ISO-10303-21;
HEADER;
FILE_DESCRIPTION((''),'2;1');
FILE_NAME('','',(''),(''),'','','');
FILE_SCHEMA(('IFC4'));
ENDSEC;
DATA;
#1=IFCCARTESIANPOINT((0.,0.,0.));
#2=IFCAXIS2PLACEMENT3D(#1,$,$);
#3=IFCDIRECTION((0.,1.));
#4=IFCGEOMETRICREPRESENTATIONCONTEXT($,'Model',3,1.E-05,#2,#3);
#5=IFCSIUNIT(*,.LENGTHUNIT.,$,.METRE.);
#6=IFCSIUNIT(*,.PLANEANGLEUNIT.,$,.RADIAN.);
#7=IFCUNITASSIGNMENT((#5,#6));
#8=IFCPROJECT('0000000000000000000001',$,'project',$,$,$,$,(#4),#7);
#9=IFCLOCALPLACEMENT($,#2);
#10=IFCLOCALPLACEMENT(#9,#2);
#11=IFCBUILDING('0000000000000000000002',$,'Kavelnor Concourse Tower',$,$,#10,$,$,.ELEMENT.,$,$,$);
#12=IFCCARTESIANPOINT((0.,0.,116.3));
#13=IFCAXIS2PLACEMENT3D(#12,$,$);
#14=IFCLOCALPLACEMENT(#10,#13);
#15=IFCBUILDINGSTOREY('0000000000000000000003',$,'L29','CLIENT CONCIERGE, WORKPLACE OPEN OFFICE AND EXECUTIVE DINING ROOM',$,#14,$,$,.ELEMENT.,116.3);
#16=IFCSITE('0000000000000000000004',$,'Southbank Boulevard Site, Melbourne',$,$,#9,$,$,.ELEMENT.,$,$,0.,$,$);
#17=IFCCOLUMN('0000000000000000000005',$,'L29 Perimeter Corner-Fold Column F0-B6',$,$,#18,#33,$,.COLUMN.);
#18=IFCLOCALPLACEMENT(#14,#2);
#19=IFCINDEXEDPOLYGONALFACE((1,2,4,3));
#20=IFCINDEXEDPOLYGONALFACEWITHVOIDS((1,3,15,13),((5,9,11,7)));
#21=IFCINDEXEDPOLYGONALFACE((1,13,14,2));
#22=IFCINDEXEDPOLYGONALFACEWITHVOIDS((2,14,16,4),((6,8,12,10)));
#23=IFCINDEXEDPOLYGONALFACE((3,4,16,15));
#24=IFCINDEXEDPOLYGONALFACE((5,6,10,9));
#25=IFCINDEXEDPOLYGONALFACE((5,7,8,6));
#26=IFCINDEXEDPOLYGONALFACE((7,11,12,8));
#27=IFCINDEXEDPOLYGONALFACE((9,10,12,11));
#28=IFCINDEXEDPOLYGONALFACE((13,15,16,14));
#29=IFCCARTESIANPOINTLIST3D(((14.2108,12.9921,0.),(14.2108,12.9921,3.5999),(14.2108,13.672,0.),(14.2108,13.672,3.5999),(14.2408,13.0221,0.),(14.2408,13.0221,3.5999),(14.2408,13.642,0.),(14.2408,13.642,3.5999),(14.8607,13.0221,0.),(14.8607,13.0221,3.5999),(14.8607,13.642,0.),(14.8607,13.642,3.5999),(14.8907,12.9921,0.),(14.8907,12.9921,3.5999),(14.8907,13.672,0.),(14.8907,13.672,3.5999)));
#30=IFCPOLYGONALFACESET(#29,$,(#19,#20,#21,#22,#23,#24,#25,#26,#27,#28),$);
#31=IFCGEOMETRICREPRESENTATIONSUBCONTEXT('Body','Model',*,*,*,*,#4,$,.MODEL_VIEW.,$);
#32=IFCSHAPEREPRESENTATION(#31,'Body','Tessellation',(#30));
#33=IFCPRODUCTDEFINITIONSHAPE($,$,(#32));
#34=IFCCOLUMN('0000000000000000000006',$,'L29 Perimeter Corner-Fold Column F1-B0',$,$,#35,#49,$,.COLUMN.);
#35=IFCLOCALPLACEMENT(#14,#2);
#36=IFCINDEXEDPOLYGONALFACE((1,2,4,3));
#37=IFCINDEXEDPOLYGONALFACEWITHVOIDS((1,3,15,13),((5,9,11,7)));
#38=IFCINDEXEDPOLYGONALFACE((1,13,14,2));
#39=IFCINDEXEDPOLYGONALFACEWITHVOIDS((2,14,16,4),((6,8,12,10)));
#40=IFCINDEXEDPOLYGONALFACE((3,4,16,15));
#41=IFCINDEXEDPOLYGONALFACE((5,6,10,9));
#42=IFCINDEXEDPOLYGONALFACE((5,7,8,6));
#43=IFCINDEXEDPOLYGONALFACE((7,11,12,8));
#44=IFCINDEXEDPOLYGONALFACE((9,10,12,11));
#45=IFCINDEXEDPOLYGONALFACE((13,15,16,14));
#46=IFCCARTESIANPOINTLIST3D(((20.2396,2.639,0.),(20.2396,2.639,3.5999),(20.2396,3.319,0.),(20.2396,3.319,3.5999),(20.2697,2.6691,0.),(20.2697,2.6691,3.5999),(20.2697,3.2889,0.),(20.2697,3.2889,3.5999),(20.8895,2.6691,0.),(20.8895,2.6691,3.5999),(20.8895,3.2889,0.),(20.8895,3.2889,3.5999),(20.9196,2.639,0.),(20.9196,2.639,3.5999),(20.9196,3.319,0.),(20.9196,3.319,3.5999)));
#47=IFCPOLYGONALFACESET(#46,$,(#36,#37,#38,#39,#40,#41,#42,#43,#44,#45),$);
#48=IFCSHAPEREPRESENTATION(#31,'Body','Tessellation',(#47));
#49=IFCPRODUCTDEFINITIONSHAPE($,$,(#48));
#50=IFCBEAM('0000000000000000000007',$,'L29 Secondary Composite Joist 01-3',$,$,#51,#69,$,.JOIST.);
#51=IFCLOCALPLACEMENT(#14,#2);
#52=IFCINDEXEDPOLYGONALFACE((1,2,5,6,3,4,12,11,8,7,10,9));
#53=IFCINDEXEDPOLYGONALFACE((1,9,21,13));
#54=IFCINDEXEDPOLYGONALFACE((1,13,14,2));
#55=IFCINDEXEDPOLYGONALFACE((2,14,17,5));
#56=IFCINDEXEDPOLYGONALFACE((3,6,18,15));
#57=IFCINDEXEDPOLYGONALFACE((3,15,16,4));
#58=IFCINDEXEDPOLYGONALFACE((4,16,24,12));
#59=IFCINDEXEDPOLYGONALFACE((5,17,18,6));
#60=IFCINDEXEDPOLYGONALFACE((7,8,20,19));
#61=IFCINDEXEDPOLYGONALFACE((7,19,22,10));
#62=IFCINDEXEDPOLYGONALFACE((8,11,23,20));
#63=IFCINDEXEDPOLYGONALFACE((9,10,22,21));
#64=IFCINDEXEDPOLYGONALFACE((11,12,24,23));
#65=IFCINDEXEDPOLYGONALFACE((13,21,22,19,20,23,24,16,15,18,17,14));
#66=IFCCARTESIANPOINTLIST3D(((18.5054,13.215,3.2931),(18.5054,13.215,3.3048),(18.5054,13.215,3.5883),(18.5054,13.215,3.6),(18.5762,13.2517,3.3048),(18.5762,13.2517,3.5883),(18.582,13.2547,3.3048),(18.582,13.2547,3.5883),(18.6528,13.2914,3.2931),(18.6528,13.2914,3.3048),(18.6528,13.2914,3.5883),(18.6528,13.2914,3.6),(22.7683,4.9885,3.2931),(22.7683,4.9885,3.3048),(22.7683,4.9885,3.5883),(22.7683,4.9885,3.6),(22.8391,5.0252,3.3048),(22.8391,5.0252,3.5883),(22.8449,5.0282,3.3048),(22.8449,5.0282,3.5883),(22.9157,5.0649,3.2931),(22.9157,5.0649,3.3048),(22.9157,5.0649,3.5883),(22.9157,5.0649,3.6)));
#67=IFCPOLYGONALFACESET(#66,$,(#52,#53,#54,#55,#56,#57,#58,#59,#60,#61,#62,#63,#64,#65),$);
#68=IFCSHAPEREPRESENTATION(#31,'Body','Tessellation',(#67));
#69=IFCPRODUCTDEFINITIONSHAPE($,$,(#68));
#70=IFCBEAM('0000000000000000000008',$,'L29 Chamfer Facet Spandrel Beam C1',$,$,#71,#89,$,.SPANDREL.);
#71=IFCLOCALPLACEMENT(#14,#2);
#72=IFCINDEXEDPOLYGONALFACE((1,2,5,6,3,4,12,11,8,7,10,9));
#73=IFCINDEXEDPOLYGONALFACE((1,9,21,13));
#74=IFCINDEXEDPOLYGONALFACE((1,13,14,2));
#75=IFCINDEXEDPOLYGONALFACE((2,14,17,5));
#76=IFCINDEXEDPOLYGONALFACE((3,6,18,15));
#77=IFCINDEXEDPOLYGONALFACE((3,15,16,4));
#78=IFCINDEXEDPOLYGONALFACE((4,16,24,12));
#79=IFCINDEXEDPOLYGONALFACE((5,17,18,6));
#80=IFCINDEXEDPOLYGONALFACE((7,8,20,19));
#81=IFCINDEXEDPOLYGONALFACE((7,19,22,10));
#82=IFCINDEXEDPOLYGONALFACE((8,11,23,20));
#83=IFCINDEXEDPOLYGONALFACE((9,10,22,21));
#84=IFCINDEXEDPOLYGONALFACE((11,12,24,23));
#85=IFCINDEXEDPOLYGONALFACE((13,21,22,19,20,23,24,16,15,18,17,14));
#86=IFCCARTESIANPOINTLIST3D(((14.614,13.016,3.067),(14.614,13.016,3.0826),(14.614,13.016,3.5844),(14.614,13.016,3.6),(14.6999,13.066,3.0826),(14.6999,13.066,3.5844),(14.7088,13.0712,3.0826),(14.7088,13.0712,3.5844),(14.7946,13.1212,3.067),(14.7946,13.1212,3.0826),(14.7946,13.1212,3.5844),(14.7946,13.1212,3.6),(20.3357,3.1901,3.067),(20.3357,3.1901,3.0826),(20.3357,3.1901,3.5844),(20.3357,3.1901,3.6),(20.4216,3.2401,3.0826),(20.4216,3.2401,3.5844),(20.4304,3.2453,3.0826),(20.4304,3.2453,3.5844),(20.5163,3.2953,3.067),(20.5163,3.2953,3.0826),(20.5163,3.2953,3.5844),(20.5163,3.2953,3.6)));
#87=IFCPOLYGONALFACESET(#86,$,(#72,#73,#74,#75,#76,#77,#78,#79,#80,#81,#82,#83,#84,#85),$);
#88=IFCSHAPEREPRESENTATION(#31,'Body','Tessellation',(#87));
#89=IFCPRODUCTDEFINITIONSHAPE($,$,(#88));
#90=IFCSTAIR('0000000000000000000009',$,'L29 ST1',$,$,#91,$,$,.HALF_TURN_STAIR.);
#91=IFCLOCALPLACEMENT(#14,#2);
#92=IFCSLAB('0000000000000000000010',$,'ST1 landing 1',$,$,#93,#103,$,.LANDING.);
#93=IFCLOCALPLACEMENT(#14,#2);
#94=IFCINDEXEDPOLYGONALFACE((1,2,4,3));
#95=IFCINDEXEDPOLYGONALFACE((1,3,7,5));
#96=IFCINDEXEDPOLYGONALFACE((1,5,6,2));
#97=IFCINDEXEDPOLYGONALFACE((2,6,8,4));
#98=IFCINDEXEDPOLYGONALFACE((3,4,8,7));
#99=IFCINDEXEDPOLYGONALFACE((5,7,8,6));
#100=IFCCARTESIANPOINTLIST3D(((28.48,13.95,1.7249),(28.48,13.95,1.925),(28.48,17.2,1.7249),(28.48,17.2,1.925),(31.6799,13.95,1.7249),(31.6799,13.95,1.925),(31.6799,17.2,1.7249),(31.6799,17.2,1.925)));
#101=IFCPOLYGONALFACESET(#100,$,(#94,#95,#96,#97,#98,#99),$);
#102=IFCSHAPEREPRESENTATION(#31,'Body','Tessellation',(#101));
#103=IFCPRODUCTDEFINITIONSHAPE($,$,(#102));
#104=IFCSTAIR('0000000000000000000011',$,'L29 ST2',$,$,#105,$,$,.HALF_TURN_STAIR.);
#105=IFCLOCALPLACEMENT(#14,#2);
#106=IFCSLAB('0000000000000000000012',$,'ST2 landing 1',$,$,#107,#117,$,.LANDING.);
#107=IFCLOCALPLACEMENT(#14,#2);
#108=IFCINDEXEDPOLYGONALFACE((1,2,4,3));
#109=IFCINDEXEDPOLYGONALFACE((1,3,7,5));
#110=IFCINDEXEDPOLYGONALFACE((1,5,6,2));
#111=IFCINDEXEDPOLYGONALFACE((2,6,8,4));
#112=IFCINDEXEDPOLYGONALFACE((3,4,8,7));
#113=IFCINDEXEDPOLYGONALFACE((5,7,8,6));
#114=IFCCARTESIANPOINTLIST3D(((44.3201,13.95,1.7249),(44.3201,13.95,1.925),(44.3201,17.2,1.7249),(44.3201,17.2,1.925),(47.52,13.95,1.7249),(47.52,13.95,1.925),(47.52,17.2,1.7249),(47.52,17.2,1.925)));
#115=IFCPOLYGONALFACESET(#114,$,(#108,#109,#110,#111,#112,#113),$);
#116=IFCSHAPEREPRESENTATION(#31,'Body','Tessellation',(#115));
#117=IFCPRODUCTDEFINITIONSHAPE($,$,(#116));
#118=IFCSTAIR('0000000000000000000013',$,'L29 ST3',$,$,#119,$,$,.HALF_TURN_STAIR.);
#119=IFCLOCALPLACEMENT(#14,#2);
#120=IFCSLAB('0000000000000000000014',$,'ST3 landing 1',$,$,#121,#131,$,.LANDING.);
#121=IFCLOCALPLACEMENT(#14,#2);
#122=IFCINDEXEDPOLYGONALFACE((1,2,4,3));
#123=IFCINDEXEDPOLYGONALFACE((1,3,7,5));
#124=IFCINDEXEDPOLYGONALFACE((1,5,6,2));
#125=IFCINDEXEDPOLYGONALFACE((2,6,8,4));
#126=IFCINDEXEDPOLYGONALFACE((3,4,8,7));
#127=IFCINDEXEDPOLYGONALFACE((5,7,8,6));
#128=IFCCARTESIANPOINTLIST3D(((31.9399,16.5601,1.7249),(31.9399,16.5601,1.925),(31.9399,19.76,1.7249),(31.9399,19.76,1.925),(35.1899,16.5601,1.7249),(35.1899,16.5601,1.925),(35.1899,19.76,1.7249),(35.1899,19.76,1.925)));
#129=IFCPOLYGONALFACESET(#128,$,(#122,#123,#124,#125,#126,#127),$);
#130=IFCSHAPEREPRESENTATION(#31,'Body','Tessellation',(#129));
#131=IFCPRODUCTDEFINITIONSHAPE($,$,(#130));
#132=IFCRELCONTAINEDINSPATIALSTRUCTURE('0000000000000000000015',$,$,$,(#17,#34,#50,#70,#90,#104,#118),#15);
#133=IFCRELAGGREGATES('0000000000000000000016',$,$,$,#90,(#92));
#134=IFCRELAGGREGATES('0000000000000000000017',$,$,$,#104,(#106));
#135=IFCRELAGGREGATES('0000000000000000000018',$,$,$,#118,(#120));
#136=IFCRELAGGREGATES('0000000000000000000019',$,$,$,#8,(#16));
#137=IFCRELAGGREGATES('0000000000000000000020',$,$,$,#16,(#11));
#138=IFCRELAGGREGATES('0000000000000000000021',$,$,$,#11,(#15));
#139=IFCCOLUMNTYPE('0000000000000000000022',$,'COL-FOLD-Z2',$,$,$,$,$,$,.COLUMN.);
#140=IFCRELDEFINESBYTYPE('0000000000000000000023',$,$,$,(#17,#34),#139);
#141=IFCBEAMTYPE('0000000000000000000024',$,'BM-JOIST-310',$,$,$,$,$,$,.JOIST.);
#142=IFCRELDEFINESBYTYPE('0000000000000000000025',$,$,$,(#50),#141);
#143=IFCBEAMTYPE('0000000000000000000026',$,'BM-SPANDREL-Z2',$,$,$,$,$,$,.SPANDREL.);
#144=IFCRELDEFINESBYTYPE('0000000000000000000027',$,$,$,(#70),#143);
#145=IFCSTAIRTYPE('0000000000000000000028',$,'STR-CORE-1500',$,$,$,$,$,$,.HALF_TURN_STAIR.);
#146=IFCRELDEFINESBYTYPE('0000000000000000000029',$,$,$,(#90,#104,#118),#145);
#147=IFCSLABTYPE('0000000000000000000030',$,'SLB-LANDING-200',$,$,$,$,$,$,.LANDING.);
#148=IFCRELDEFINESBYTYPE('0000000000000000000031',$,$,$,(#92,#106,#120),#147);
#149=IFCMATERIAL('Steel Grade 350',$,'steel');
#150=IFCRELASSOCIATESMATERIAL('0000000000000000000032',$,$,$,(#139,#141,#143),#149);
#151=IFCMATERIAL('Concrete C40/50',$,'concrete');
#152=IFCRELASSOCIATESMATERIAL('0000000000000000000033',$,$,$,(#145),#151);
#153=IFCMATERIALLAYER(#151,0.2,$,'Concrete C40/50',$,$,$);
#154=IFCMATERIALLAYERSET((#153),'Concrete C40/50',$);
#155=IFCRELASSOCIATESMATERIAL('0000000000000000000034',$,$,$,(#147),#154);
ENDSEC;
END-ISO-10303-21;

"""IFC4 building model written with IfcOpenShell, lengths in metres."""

from ifc_helpers import new_model, si_unit, direction, frame, origin, origin_2d, place, context, subcontext, project, spatial, polyline, hollow_rectangle, i_section, outline, extrude, material, layer, layer_set, material_profile, profile_set, type_object, element, aggregate, save


model = new_model("IFC4")

# Units and contexts
model_context = context("Model", 3, precision=1e-05, world=origin(), true_north=direction((0.0, 1.0)))
body_context = subcontext(model_context, "Body", "Model", "MODEL_VIEW")
ifc_project = project(units=[si_unit("LENGTHUNIT", "METRE"), si_unit("PLANEANGLEUNIT", "RADIAN")], contexts=[model_context])

# Site, building, storey
site_placement = place(None, origin())
site = spatial("IfcSite", under=ifc_project, at=site_placement, Name="Southbank Boulevard Site, Melbourne", CompositionType="ELEMENT", RefElevation=0.0)
building_placement = place(site_placement, origin())
building = spatial("IfcBuilding", under=site, at=building_placement, Name="Kavelnor Concourse Tower", CompositionType="ELEMENT")
storey_placement = place(building_placement, frame((0.0, 0.0, 116.3)))
storey = spatial("IfcBuildingStorey", under=building, at=storey_placement, Name="L29", Description="CLIENT CONCIERGE, WORKPLACE OPEN OFFICE AND EXECUTIVE DINING ROOM", CompositionType="ELEMENT", Elevation=116.3)

# Columns
ifc_material_1 = material(Name="Steel Grade 350", Category="steel")
ifc_material_profile_1 = material_profile(ifc_material_1, hollow_rectangle(XDim=0.6799, YDim=0.6799, WallThickness=0.03, at=origin_2d()), Name="SHS 680x680x30")
ifc_profile_set_1 = profile_set([ifc_material_profile_1], Name="Steel Grade 350")
column_type = type_object("IfcColumnType", Name="COL-FOLD-Z2", PredefinedType="COLUMN", material=ifc_profile_set_1)
for number, where, z_axis, x_axis, name in (
    (1, (14.5508, 13.332, 0.0), (0.0, 0.0, 1.0), (1.0, 0.0, 0.0), "L29 Perimeter Corner-Fold Column F0-B6"),
    (2, (20.5796, 2.979, 0.0), (0.0, 0.0, 1.0), (1.0, 0.0, 0.0), "L29 Perimeter Corner-Fold Column F1-B0"),
):
    element("IfcColumn", number, at=place(storey_placement, frame(where, z_axis=z_axis, x_axis=x_axis)), inside=storey, type_object=column_type, Name=name, PredefinedType="COLUMN", context=body_context, shape_type="SweptSolid", body=[
        extrude(hollow_rectangle(XDim=0.6799, YDim=0.6799, WallThickness=0.03, at=origin_2d()), origin(), (0.0, 0.0, 1.0), 3.5999),
    ])

# Beams
ifc_material_profile_2 = material_profile(ifc_material_1, i_section(OverallWidth=0.166, OverallDepth=0.3069, WebThickness=0.0066, FlangeThickness=0.0117, at=origin_2d()), Name="310UB46")
ifc_profile_set_2 = profile_set([ifc_material_profile_2], Name="Steel Grade 350")
beam_type_1 = type_object("IfcBeamType", Name="BM-JOIST-310", PredefinedType="JOIST", material=ifc_profile_set_2)
beam_1_placement = place(storey_placement, frame((18.5791, 13.2532, 3.4465), z_axis=(0.460089, -0.887873, 0.0), x_axis=(0.887873, 0.460089, 0.0)))
element("IfcBeam", 3, at=beam_1_placement, inside=storey, type_object=beam_type_1, Name="L29 Secondary Composite Joist 01-3", PredefinedType="JOIST", context=body_context, shape_type="SweptSolid", body=[
    extrude(i_section(OverallWidth=0.166, OverallDepth=0.3069, WebThickness=0.0066, FlangeThickness=0.0117, at=origin_2d()), origin(), (0.0, 0.0, 1.0), 9.2654),
])
ifc_material_profile_3 = material_profile(ifc_material_1, i_section(OverallWidth=0.209, OverallDepth=0.533, WebThickness=0.0103, FlangeThickness=0.0156, at=origin_2d()), Name="530UB92")
ifc_profile_set_3 = profile_set([ifc_material_profile_3], Name="Steel Grade 350")
beam_type_2 = type_object("IfcBeamType", Name="BM-SPANDREL-Z2", PredefinedType="SPANDREL", material=ifc_profile_set_3)
beam_2_placement = place(storey_placement, frame((14.7043, 13.0686, 3.3335), z_axis=(0.503207, -0.864166, 0.0), x_axis=(0.864166, 0.503207, 0.0)))
element("IfcBeam", 4, at=beam_2_placement, inside=storey, type_object=beam_type_2, Name="L29 Chamfer Facet Spandrel Beam C1", PredefinedType="SPANDREL", context=body_context, shape_type="SweptSolid", body=[
    extrude(i_section(OverallWidth=0.209, OverallDepth=0.533, WebThickness=0.0103, FlangeThickness=0.0156, at=origin_2d()), origin(), (0.0, 0.0, 1.0), 11.3704),
])

# Stairs, slabs
ifc_material_2 = material(Name="Concrete C40/50", Category="concrete")
stair_type = type_object("IfcStairType", Name="STR-CORE-1500", PredefinedType="HALF_TURN_STAIR", material=ifc_material_2)
stair_1_placement = place(storey_placement, origin())
stair_1 = element("IfcStair", 5, at=stair_1_placement, inside=storey, type_object=stair_type, Name="L29 ST1", PredefinedType="HALF_TURN_STAIR")
ifc_layer_1 = layer(ifc_material_2, 0.2, Name="Concrete C40/50")
ifc_layer_set_1 = layer_set([ifc_layer_1], Name="Concrete C40/50")
slab_type_1 = type_object("IfcSlabType", Name="SLB-LANDING-200", PredefinedType="LANDING", material=ifc_layer_set_1)
slab_1_placement = place(storey_placement, frame((0.0, 0.0, 1.7249)))
slab_1 = element("IfcSlab", 6, at=slab_1_placement, type_object=slab_type_1, Name="ST1 landing 1", PredefinedType="LANDING", context=body_context, shape_type="SweptSolid", body=[
    extrude(outline(polyline([(31.6799, 13.95), (31.6799, 17.2), (28.48, 17.2), (28.48, 13.95), (31.6799, 13.95)])), origin(), (0.0, 0.0, 1.0), 0.2002),
])
aggregate(stair_1, [slab_1])
stair_2_placement = place(storey_placement, origin())
stair_2 = element("IfcStair", 7, at=stair_2_placement, inside=storey, type_object=stair_type, Name="L29 ST2", PredefinedType="HALF_TURN_STAIR")
slab_2_placement = place(storey_placement, frame((0.0, 0.0, 1.7249)))
slab_2 = element("IfcSlab", 8, at=slab_2_placement, type_object=slab_type_1, Name="ST2 landing 1", PredefinedType="LANDING", context=body_context, shape_type="SweptSolid", body=[
    extrude(outline(polyline([(47.52, 13.95), (47.52, 17.2), (44.3201, 17.2), (44.3201, 13.95), (47.52, 13.95)])), origin(), (0.0, 0.0, 1.0), 0.2002),
])
aggregate(stair_2, [slab_2])
stair_3_placement = place(storey_placement, origin())
stair_3 = element("IfcStair", 9, at=stair_3_placement, inside=storey, type_object=stair_type, Name="L29 ST3", PredefinedType="HALF_TURN_STAIR")
slab_3_placement = place(storey_placement, frame((0.0, 0.0, 1.7249)))
slab_3 = element("IfcSlab", 10, at=slab_3_placement, type_object=slab_type_1, Name="ST3 landing 1", PredefinedType="LANDING", context=body_context, shape_type="SweptSolid", body=[
    extrude(outline(polyline([(35.1899, 19.76), (31.9399, 19.76), (31.9399, 16.5601), (35.1899, 16.5601), (35.1899, 19.76)])), origin(), (0.0, 0.0, 1.0), 0.2002),
])
aggregate(stair_3, [slab_3])

save(model, "model.ifc")
